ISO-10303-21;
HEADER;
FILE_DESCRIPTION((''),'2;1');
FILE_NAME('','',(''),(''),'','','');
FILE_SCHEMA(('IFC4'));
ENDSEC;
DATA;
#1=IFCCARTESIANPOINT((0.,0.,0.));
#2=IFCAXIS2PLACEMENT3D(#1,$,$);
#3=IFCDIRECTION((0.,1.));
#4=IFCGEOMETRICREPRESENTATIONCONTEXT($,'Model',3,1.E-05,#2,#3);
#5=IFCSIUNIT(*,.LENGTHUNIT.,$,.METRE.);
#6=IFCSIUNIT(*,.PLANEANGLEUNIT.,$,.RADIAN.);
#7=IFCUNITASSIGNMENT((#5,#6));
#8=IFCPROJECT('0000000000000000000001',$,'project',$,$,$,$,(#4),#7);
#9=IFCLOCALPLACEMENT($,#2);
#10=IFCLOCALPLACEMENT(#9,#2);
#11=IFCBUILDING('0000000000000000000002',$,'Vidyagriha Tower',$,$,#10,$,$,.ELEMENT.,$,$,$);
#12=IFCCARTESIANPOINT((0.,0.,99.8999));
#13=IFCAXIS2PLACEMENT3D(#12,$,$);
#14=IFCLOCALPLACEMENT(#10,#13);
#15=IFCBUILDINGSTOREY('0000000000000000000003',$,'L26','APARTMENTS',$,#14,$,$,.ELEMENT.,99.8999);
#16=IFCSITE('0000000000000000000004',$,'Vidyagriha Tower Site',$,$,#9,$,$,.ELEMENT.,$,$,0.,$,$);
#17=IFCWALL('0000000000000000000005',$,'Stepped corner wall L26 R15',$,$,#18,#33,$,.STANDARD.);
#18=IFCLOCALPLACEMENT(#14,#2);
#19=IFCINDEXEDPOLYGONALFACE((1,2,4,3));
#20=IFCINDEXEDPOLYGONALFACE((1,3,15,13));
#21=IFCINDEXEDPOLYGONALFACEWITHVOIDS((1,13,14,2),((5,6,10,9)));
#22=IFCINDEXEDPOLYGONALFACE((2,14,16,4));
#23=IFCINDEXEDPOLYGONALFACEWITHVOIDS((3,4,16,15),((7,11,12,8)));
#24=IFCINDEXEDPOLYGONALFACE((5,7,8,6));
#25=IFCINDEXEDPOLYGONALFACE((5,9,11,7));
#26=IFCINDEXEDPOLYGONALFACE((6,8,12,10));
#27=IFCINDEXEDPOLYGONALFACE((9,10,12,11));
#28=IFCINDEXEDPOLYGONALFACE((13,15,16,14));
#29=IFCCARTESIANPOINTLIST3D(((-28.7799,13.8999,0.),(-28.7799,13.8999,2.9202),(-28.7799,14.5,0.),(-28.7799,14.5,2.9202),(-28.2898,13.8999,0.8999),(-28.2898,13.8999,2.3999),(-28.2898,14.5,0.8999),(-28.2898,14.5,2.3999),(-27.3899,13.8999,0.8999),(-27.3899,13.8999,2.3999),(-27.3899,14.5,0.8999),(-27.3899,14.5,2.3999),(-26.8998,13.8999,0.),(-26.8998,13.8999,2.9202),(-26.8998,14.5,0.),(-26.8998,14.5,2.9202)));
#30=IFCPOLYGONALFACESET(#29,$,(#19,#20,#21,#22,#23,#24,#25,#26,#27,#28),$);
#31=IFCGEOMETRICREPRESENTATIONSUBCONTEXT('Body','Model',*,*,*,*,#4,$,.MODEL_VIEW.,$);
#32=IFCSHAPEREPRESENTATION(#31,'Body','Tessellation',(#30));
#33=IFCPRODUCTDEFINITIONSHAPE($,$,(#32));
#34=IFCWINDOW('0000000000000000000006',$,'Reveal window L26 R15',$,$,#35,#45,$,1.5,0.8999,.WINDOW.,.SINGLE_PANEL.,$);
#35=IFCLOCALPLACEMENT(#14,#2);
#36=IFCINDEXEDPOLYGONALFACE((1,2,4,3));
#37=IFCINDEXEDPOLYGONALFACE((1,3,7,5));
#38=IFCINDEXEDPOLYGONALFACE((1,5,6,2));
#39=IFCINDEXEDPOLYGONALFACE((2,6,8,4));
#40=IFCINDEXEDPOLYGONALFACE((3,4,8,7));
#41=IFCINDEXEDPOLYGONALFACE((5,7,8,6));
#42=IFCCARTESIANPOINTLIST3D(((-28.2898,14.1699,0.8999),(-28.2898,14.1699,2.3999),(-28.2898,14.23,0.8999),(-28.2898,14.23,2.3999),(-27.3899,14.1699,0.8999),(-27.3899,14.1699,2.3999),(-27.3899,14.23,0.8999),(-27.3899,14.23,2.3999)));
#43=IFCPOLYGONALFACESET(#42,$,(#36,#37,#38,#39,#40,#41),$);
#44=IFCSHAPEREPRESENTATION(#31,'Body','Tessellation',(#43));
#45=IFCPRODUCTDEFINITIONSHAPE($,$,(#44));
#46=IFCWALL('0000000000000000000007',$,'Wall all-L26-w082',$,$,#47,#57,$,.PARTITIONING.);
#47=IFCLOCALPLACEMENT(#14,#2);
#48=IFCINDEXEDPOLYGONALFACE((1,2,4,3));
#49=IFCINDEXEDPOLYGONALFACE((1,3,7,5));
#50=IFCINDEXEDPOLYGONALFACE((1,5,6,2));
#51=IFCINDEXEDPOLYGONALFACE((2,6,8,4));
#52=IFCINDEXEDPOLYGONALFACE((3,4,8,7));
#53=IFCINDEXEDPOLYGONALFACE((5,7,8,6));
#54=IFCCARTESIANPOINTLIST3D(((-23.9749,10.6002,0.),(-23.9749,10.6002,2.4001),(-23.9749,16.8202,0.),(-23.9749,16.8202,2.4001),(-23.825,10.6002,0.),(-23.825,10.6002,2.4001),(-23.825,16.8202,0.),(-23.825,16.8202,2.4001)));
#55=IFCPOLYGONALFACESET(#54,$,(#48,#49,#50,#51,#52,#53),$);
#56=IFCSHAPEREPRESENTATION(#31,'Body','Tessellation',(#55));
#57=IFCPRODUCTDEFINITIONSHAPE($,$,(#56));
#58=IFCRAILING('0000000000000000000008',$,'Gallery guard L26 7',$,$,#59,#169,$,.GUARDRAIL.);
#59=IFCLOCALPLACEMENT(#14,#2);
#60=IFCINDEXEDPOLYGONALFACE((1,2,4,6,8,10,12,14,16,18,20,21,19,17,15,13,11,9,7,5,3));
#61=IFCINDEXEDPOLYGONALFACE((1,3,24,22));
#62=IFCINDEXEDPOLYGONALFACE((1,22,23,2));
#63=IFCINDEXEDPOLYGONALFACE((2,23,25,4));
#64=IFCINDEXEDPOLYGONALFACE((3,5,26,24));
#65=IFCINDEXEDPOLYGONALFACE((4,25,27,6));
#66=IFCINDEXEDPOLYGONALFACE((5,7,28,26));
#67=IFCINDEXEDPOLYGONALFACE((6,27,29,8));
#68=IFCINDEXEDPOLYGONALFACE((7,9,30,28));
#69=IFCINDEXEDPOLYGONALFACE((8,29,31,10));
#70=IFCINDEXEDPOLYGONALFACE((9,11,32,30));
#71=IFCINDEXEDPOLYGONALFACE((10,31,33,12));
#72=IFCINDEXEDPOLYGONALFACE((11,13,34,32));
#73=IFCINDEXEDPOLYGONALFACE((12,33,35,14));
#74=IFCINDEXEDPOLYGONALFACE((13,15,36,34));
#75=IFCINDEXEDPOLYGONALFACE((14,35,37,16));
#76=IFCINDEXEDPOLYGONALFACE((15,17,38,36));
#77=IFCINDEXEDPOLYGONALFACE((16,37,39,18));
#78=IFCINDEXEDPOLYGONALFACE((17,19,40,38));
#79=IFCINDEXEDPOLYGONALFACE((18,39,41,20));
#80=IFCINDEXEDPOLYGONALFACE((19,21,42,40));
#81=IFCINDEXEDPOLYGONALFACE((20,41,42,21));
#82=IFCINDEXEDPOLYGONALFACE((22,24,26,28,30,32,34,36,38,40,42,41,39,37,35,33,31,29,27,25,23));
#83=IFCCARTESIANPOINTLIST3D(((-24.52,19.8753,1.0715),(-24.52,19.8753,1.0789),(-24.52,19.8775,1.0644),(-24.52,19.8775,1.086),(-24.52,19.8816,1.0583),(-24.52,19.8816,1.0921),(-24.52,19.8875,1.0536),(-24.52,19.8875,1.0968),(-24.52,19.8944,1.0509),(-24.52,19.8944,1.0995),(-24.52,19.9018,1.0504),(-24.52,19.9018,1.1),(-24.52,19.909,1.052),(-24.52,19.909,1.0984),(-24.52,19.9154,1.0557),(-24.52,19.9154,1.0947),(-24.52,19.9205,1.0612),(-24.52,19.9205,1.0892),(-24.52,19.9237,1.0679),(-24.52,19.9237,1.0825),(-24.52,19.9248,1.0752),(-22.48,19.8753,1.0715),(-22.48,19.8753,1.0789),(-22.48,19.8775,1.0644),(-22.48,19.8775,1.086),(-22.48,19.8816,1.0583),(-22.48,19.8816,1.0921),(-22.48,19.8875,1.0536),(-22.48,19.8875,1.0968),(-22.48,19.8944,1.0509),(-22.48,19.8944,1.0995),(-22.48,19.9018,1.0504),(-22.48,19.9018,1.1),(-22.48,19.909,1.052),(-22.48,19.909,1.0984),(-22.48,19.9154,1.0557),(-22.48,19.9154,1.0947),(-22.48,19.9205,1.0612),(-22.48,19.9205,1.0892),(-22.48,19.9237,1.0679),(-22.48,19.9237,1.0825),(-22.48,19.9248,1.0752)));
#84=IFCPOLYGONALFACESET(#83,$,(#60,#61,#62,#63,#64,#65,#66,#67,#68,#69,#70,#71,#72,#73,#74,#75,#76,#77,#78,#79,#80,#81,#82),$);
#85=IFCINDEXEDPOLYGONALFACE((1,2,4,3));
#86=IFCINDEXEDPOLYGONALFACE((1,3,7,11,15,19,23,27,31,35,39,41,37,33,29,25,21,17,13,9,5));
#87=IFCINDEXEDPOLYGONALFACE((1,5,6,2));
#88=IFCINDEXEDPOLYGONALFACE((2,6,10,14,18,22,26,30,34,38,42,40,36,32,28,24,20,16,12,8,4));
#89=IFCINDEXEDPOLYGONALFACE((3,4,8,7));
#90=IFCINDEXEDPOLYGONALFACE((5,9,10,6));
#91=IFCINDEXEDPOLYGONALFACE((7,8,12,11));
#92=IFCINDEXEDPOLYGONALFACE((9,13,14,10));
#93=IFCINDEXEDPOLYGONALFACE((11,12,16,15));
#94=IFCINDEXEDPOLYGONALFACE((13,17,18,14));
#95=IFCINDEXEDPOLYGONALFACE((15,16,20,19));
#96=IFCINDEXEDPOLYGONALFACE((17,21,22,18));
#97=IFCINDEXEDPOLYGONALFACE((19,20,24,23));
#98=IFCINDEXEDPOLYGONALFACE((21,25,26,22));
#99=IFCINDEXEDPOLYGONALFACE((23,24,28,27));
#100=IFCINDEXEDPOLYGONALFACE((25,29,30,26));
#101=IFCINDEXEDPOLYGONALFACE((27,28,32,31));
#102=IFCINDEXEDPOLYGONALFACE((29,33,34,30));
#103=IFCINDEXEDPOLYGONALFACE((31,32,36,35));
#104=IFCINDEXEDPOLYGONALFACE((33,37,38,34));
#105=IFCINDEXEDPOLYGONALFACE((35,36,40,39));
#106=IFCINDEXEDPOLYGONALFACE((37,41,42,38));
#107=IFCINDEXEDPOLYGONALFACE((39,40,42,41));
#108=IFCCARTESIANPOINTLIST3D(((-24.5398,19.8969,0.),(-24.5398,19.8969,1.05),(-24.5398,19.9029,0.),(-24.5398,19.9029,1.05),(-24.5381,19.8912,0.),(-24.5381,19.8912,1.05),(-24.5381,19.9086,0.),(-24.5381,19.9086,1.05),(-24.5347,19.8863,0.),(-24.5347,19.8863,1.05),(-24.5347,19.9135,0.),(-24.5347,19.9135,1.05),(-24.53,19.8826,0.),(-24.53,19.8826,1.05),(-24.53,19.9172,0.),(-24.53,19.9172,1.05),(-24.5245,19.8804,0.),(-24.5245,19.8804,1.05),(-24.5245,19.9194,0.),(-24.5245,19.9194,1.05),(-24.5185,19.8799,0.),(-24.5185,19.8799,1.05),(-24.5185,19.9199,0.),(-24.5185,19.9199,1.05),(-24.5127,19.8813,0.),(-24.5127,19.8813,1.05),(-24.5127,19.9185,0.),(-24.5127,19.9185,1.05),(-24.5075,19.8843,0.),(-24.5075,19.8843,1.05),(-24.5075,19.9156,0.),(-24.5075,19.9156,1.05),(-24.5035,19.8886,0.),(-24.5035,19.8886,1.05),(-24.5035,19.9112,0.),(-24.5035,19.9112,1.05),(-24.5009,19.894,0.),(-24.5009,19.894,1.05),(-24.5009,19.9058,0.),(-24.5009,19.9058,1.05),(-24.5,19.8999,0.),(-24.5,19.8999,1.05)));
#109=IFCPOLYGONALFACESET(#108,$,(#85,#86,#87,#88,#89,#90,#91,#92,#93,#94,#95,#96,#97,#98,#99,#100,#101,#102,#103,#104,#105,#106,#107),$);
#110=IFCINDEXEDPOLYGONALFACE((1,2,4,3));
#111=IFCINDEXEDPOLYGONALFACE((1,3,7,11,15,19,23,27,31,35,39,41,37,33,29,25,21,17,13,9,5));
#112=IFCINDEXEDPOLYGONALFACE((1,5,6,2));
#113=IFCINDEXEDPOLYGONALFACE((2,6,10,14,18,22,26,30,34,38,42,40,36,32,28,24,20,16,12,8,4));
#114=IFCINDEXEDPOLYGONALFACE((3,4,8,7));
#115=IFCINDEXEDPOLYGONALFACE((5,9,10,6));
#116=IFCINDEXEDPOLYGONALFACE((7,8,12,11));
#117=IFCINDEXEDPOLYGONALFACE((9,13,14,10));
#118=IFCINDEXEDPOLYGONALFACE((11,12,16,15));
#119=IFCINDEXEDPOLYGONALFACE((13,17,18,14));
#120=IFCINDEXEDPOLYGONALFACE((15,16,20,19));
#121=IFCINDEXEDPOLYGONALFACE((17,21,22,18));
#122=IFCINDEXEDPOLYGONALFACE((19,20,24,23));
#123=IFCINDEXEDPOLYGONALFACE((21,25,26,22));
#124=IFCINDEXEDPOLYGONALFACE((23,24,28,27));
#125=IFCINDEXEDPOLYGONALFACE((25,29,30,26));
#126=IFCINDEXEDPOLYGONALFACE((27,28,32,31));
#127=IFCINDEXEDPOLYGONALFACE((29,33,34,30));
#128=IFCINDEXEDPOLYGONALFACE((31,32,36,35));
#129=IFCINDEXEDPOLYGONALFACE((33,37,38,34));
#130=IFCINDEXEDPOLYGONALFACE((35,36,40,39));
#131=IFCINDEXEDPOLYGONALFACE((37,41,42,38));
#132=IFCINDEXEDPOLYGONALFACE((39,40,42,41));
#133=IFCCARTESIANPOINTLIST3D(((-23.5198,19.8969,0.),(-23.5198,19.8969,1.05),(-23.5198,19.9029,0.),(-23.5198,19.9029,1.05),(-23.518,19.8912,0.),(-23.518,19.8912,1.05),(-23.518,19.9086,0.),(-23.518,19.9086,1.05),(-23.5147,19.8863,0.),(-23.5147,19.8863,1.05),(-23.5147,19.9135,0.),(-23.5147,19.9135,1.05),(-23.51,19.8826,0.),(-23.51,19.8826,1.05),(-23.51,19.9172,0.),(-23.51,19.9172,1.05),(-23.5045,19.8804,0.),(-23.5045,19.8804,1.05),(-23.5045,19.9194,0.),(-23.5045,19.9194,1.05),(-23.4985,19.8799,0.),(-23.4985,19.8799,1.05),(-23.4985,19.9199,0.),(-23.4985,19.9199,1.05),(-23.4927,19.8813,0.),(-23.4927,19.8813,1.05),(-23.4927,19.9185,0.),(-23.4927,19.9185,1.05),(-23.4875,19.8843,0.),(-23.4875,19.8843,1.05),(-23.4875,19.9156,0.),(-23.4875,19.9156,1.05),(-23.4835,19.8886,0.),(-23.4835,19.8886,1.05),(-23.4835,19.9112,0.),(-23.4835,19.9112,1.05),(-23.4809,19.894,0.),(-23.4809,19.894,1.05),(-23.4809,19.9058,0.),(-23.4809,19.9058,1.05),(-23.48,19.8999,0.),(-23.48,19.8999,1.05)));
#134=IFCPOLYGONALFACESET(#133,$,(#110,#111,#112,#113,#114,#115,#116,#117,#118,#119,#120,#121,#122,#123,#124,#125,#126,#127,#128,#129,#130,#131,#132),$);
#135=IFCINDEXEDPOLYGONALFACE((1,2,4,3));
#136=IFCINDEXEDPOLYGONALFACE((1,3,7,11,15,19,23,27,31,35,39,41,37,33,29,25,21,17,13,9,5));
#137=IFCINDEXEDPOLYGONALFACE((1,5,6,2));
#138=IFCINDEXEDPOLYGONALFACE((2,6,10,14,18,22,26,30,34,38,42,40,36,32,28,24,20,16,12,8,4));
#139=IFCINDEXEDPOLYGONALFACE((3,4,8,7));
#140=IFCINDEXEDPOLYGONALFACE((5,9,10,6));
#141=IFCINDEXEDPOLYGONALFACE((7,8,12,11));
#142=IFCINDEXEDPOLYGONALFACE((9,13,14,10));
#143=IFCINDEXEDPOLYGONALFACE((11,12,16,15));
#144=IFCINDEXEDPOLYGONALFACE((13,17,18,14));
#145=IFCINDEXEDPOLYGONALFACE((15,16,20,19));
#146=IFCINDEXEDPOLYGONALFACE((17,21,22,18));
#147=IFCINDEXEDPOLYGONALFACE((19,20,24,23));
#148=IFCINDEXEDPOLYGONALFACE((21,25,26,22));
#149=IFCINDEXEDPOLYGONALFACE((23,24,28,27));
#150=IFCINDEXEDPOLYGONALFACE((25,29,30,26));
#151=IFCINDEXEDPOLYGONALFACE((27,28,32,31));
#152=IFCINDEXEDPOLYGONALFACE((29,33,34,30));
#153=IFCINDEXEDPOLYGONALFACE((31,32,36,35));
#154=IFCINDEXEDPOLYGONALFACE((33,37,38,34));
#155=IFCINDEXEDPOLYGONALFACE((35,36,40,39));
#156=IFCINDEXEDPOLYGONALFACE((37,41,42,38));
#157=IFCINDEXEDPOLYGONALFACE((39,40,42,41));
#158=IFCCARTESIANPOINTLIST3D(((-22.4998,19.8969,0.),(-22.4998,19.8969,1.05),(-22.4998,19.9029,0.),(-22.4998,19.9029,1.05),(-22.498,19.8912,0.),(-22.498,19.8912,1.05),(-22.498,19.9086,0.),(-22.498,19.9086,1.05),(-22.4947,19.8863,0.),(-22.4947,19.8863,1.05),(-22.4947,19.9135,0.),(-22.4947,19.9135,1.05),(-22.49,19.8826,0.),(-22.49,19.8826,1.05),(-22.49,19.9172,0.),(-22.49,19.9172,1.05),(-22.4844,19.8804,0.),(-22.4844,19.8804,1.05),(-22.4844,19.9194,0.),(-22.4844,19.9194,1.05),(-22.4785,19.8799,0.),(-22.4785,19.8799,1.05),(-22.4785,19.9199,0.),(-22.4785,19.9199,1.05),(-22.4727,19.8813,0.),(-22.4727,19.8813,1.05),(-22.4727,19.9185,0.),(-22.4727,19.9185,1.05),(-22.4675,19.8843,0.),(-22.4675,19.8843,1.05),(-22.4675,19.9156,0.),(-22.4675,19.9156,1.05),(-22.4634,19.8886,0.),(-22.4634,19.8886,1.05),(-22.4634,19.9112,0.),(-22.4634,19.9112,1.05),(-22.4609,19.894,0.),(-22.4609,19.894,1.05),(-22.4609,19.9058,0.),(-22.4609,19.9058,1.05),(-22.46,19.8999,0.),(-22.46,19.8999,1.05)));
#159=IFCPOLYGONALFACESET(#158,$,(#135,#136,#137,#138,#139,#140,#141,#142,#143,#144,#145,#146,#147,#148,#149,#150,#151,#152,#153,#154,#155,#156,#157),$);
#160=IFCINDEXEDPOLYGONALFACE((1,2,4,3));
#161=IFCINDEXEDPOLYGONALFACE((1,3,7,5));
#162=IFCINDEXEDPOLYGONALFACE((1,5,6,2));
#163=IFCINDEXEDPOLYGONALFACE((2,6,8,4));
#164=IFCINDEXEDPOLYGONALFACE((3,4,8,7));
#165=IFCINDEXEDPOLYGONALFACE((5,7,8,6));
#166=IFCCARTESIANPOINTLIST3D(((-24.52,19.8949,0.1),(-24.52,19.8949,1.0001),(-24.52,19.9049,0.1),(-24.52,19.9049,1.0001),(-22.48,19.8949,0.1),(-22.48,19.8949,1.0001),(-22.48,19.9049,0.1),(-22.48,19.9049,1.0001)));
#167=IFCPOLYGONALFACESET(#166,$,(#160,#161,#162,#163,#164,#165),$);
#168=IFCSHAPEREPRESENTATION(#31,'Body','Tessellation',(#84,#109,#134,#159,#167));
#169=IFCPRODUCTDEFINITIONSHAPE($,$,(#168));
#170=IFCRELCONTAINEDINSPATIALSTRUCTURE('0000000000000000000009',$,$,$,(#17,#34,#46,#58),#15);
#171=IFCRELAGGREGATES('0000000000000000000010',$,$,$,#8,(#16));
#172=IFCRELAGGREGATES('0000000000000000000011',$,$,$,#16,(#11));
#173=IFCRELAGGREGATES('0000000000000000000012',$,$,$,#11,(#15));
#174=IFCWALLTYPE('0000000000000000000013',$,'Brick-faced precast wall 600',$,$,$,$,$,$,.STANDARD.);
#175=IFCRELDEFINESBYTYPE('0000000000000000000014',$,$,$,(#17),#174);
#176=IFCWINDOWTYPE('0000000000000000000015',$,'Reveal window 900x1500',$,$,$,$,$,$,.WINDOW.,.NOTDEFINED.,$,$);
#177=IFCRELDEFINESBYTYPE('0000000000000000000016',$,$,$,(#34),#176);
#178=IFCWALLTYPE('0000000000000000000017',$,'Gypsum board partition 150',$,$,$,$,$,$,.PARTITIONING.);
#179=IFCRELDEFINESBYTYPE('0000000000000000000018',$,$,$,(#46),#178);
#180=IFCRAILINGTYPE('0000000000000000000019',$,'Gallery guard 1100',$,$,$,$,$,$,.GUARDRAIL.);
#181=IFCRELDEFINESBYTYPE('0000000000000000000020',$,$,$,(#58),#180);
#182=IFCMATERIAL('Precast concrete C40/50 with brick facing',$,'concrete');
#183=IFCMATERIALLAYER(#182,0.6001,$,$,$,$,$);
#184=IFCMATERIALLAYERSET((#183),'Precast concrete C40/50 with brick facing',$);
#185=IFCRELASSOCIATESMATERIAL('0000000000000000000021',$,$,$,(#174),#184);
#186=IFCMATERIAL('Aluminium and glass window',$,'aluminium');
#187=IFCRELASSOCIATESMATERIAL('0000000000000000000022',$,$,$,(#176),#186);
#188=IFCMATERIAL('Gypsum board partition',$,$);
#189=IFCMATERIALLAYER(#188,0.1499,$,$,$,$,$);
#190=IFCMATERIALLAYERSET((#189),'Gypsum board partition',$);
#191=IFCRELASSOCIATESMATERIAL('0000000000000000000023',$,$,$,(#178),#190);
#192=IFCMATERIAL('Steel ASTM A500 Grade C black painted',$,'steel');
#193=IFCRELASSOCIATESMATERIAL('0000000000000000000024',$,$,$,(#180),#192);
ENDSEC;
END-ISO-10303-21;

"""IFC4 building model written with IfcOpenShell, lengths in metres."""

from ifc_helpers import new_model, si_unit, direction, frame, frame_2d, origin, origin_2d, place, context, subcontext, project, spatial, rectangle, circle, extrude, material, layer, layer_set, type_object, element, fill, save


model = new_model("IFC4")

# Units and contexts
model_context = context("Model", 3, precision=1e-05, world=origin(), true_north=direction((0.0, 1.0)))
body_context = subcontext(model_context, "Body", "Model", "MODEL_VIEW")
ifc_project = project(units=[si_unit("LENGTHUNIT", "METRE"), si_unit("PLANEANGLEUNIT", "RADIAN")], contexts=[model_context])

# Site, building, storey
site_placement = place(None, origin())
site = spatial("IfcSite", under=ifc_project, at=site_placement, Name="Vidyagriha Tower Site", CompositionType="ELEMENT", RefElevation=0.0)
building_placement = place(site_placement, origin())
building = spatial("IfcBuilding", under=site, at=building_placement, Name="Vidyagriha Tower", CompositionType="ELEMENT")
storey_placement = place(building_placement, frame((0.0, 0.0, 99.8999)))
storey = spatial("IfcBuildingStorey", under=building, at=storey_placement, Name="L26", Description="APARTMENTS", CompositionType="ELEMENT", Elevation=99.8999)

# Shared definitions
ifc_material_1 = material(Name="Precast concrete C40/50 with brick facing", Category="concrete")
ifc_layer_1 = layer(ifc_material_1, 0.6001)
ifc_layer_set_1 = layer_set([ifc_layer_1], Name="Precast concrete C40/50 with brick facing")
wall_type_1 = type_object("IfcWallType", Name="Brick-faced precast wall 600", PredefinedType="STANDARD", material=ifc_layer_set_1)

# Shared definitions
ifc_material_2 = material(Name="Aluminium and glass window", Category="aluminium")
window_type = type_object("IfcWindowType", Name="Reveal window 900x1500", PartitioningType="NOTDEFINED", PredefinedType="WINDOW", material=ifc_material_2)

# Wall, opening, window
wall_1_placement = place(storey_placement, frame((-26.8999, 14.2, 0.0), z_axis=(0.0, 0.0, 1.0), x_axis=(-1.0, 0.0, 0.0)))
wall_1 = element("IfcWall", 1, at=wall_1_placement, inside=storey, type_object=wall_type_1, Name="Stepped corner wall L26 R15", PredefinedType="STANDARD", context=body_context, shape_type="SweptSolid", body=[
    extrude(rectangle(XDim=1.8801, YDim=0.6001, at=frame_2d((0.9399, 0.0))), origin(), (0.0, 0.0, 1.0), 2.9202),
])
opening_1_placement = place(wall_1_placement, frame((0.49, 0.0, 0.8999)))
opening_1 = element("IfcOpeningElement", 2, at=opening_1_placement, cuts=wall_1, PredefinedType="OPENING", context=body_context, shape_type="SweptSolid", body=[
    extrude(rectangle(XDim=0.8999, YDim=1.5, at=frame_2d((0.45, 0.75))), frame((0.0, 0.3101, 0.0), z_axis=(0.0, -1.0, 0.0), x_axis=(1.0, 0.0, 0.0)), (0.0, 0.0, 1.0), 0.6201),
])
window_1_placement = place(opening_1_placement, origin())
window_1 = element("IfcWindow", 3, at=window_1_placement, inside=storey, type_object=window_type, Name="Reveal window L26 R15", OverallHeight=1.5, OverallWidth=0.8999, PartitioningType="SINGLE_PANEL", PredefinedType="WINDOW", context=body_context, shape_type="SweptSolid", body=[
    extrude(rectangle(XDim=0.8999, YDim=1.5, at=frame_2d((0.45, 0.75))), frame((0.0, 0.03, 0.0), z_axis=(0.0, -1.0, 0.0), x_axis=(1.0, 0.0, 0.0)), (0.0, 0.0, 1.0), 0.0601),
])
fill(opening_1, window_1)

# Wall
ifc_material_3 = material(Name="Gypsum board partition")
ifc_layer_2 = layer(ifc_material_3, 0.1499)
ifc_layer_set_2 = layer_set([ifc_layer_2], Name="Gypsum board partition")
wall_type_2 = type_object("IfcWallType", Name="Gypsum board partition 150", PredefinedType="PARTITIONING", material=ifc_layer_set_2)
wall_2_placement = place(storey_placement, frame((-23.8999, 16.8201, 0.0), z_axis=(0.0, 0.0, 1.0), x_axis=(0.0, -1.0, 0.0)))
element("IfcWall", 4, at=wall_2_placement, inside=storey, type_object=wall_type_2, Name="Wall all-L26-w082", PredefinedType="PARTITIONING", context=body_context, shape_type="SweptSolid", body=[
    extrude(rectangle(XDim=6.22, YDim=0.1499, at=frame_2d((3.1099, 0.0))), origin(), (0.0, 0.0, 1.0), 2.4001),
])

# Railing
ifc_material_4 = material(Name="Steel ASTM A500 Grade C black painted", Category="steel")
railing_type = type_object("IfcRailingType", Name="Gallery guard 1100", PredefinedType="GUARDRAIL", material=ifc_material_4)
railing_1_placement = place(storey_placement, frame((-24.52, 19.8999, 0.0)))
element("IfcRailing", 5, at=railing_1_placement, inside=storey, type_object=railing_type, Name="Gallery guard L26 7", PredefinedType="GUARDRAIL", context=body_context, shape_type="SweptSolid", body=[
    extrude(circle(Radius=0.0249, at=origin_2d()), frame((0.0, 0.0, 1.0752), z_axis=(1.0, 0.0, 0.0), x_axis=(0.0, 1.0, 0.0)), (0.0, 0.0, 1.0), 2.04),
    extrude(circle(Radius=0.02, at=origin_2d()), origin(), (0.0, 0.0, 1.0), 1.05),
    extrude(circle(Radius=0.02, at=origin_2d()), frame((1.02, 0.0, 0.0)), (0.0, 0.0, 1.0), 1.05),
    extrude(circle(Radius=0.02, at=origin_2d()), frame((2.04, 0.0, 0.0)), (0.0, 0.0, 1.0), 1.05),
    extrude(rectangle(XDim=0.01, YDim=0.9001, at=origin_2d()), frame((0.0, 0.0, 0.55), z_axis=(1.0, 0.0, 0.0), x_axis=(0.0, 1.0, 0.0)), (0.0, 0.0, 1.0), 2.04),
])

save(model, "model.ifc")
